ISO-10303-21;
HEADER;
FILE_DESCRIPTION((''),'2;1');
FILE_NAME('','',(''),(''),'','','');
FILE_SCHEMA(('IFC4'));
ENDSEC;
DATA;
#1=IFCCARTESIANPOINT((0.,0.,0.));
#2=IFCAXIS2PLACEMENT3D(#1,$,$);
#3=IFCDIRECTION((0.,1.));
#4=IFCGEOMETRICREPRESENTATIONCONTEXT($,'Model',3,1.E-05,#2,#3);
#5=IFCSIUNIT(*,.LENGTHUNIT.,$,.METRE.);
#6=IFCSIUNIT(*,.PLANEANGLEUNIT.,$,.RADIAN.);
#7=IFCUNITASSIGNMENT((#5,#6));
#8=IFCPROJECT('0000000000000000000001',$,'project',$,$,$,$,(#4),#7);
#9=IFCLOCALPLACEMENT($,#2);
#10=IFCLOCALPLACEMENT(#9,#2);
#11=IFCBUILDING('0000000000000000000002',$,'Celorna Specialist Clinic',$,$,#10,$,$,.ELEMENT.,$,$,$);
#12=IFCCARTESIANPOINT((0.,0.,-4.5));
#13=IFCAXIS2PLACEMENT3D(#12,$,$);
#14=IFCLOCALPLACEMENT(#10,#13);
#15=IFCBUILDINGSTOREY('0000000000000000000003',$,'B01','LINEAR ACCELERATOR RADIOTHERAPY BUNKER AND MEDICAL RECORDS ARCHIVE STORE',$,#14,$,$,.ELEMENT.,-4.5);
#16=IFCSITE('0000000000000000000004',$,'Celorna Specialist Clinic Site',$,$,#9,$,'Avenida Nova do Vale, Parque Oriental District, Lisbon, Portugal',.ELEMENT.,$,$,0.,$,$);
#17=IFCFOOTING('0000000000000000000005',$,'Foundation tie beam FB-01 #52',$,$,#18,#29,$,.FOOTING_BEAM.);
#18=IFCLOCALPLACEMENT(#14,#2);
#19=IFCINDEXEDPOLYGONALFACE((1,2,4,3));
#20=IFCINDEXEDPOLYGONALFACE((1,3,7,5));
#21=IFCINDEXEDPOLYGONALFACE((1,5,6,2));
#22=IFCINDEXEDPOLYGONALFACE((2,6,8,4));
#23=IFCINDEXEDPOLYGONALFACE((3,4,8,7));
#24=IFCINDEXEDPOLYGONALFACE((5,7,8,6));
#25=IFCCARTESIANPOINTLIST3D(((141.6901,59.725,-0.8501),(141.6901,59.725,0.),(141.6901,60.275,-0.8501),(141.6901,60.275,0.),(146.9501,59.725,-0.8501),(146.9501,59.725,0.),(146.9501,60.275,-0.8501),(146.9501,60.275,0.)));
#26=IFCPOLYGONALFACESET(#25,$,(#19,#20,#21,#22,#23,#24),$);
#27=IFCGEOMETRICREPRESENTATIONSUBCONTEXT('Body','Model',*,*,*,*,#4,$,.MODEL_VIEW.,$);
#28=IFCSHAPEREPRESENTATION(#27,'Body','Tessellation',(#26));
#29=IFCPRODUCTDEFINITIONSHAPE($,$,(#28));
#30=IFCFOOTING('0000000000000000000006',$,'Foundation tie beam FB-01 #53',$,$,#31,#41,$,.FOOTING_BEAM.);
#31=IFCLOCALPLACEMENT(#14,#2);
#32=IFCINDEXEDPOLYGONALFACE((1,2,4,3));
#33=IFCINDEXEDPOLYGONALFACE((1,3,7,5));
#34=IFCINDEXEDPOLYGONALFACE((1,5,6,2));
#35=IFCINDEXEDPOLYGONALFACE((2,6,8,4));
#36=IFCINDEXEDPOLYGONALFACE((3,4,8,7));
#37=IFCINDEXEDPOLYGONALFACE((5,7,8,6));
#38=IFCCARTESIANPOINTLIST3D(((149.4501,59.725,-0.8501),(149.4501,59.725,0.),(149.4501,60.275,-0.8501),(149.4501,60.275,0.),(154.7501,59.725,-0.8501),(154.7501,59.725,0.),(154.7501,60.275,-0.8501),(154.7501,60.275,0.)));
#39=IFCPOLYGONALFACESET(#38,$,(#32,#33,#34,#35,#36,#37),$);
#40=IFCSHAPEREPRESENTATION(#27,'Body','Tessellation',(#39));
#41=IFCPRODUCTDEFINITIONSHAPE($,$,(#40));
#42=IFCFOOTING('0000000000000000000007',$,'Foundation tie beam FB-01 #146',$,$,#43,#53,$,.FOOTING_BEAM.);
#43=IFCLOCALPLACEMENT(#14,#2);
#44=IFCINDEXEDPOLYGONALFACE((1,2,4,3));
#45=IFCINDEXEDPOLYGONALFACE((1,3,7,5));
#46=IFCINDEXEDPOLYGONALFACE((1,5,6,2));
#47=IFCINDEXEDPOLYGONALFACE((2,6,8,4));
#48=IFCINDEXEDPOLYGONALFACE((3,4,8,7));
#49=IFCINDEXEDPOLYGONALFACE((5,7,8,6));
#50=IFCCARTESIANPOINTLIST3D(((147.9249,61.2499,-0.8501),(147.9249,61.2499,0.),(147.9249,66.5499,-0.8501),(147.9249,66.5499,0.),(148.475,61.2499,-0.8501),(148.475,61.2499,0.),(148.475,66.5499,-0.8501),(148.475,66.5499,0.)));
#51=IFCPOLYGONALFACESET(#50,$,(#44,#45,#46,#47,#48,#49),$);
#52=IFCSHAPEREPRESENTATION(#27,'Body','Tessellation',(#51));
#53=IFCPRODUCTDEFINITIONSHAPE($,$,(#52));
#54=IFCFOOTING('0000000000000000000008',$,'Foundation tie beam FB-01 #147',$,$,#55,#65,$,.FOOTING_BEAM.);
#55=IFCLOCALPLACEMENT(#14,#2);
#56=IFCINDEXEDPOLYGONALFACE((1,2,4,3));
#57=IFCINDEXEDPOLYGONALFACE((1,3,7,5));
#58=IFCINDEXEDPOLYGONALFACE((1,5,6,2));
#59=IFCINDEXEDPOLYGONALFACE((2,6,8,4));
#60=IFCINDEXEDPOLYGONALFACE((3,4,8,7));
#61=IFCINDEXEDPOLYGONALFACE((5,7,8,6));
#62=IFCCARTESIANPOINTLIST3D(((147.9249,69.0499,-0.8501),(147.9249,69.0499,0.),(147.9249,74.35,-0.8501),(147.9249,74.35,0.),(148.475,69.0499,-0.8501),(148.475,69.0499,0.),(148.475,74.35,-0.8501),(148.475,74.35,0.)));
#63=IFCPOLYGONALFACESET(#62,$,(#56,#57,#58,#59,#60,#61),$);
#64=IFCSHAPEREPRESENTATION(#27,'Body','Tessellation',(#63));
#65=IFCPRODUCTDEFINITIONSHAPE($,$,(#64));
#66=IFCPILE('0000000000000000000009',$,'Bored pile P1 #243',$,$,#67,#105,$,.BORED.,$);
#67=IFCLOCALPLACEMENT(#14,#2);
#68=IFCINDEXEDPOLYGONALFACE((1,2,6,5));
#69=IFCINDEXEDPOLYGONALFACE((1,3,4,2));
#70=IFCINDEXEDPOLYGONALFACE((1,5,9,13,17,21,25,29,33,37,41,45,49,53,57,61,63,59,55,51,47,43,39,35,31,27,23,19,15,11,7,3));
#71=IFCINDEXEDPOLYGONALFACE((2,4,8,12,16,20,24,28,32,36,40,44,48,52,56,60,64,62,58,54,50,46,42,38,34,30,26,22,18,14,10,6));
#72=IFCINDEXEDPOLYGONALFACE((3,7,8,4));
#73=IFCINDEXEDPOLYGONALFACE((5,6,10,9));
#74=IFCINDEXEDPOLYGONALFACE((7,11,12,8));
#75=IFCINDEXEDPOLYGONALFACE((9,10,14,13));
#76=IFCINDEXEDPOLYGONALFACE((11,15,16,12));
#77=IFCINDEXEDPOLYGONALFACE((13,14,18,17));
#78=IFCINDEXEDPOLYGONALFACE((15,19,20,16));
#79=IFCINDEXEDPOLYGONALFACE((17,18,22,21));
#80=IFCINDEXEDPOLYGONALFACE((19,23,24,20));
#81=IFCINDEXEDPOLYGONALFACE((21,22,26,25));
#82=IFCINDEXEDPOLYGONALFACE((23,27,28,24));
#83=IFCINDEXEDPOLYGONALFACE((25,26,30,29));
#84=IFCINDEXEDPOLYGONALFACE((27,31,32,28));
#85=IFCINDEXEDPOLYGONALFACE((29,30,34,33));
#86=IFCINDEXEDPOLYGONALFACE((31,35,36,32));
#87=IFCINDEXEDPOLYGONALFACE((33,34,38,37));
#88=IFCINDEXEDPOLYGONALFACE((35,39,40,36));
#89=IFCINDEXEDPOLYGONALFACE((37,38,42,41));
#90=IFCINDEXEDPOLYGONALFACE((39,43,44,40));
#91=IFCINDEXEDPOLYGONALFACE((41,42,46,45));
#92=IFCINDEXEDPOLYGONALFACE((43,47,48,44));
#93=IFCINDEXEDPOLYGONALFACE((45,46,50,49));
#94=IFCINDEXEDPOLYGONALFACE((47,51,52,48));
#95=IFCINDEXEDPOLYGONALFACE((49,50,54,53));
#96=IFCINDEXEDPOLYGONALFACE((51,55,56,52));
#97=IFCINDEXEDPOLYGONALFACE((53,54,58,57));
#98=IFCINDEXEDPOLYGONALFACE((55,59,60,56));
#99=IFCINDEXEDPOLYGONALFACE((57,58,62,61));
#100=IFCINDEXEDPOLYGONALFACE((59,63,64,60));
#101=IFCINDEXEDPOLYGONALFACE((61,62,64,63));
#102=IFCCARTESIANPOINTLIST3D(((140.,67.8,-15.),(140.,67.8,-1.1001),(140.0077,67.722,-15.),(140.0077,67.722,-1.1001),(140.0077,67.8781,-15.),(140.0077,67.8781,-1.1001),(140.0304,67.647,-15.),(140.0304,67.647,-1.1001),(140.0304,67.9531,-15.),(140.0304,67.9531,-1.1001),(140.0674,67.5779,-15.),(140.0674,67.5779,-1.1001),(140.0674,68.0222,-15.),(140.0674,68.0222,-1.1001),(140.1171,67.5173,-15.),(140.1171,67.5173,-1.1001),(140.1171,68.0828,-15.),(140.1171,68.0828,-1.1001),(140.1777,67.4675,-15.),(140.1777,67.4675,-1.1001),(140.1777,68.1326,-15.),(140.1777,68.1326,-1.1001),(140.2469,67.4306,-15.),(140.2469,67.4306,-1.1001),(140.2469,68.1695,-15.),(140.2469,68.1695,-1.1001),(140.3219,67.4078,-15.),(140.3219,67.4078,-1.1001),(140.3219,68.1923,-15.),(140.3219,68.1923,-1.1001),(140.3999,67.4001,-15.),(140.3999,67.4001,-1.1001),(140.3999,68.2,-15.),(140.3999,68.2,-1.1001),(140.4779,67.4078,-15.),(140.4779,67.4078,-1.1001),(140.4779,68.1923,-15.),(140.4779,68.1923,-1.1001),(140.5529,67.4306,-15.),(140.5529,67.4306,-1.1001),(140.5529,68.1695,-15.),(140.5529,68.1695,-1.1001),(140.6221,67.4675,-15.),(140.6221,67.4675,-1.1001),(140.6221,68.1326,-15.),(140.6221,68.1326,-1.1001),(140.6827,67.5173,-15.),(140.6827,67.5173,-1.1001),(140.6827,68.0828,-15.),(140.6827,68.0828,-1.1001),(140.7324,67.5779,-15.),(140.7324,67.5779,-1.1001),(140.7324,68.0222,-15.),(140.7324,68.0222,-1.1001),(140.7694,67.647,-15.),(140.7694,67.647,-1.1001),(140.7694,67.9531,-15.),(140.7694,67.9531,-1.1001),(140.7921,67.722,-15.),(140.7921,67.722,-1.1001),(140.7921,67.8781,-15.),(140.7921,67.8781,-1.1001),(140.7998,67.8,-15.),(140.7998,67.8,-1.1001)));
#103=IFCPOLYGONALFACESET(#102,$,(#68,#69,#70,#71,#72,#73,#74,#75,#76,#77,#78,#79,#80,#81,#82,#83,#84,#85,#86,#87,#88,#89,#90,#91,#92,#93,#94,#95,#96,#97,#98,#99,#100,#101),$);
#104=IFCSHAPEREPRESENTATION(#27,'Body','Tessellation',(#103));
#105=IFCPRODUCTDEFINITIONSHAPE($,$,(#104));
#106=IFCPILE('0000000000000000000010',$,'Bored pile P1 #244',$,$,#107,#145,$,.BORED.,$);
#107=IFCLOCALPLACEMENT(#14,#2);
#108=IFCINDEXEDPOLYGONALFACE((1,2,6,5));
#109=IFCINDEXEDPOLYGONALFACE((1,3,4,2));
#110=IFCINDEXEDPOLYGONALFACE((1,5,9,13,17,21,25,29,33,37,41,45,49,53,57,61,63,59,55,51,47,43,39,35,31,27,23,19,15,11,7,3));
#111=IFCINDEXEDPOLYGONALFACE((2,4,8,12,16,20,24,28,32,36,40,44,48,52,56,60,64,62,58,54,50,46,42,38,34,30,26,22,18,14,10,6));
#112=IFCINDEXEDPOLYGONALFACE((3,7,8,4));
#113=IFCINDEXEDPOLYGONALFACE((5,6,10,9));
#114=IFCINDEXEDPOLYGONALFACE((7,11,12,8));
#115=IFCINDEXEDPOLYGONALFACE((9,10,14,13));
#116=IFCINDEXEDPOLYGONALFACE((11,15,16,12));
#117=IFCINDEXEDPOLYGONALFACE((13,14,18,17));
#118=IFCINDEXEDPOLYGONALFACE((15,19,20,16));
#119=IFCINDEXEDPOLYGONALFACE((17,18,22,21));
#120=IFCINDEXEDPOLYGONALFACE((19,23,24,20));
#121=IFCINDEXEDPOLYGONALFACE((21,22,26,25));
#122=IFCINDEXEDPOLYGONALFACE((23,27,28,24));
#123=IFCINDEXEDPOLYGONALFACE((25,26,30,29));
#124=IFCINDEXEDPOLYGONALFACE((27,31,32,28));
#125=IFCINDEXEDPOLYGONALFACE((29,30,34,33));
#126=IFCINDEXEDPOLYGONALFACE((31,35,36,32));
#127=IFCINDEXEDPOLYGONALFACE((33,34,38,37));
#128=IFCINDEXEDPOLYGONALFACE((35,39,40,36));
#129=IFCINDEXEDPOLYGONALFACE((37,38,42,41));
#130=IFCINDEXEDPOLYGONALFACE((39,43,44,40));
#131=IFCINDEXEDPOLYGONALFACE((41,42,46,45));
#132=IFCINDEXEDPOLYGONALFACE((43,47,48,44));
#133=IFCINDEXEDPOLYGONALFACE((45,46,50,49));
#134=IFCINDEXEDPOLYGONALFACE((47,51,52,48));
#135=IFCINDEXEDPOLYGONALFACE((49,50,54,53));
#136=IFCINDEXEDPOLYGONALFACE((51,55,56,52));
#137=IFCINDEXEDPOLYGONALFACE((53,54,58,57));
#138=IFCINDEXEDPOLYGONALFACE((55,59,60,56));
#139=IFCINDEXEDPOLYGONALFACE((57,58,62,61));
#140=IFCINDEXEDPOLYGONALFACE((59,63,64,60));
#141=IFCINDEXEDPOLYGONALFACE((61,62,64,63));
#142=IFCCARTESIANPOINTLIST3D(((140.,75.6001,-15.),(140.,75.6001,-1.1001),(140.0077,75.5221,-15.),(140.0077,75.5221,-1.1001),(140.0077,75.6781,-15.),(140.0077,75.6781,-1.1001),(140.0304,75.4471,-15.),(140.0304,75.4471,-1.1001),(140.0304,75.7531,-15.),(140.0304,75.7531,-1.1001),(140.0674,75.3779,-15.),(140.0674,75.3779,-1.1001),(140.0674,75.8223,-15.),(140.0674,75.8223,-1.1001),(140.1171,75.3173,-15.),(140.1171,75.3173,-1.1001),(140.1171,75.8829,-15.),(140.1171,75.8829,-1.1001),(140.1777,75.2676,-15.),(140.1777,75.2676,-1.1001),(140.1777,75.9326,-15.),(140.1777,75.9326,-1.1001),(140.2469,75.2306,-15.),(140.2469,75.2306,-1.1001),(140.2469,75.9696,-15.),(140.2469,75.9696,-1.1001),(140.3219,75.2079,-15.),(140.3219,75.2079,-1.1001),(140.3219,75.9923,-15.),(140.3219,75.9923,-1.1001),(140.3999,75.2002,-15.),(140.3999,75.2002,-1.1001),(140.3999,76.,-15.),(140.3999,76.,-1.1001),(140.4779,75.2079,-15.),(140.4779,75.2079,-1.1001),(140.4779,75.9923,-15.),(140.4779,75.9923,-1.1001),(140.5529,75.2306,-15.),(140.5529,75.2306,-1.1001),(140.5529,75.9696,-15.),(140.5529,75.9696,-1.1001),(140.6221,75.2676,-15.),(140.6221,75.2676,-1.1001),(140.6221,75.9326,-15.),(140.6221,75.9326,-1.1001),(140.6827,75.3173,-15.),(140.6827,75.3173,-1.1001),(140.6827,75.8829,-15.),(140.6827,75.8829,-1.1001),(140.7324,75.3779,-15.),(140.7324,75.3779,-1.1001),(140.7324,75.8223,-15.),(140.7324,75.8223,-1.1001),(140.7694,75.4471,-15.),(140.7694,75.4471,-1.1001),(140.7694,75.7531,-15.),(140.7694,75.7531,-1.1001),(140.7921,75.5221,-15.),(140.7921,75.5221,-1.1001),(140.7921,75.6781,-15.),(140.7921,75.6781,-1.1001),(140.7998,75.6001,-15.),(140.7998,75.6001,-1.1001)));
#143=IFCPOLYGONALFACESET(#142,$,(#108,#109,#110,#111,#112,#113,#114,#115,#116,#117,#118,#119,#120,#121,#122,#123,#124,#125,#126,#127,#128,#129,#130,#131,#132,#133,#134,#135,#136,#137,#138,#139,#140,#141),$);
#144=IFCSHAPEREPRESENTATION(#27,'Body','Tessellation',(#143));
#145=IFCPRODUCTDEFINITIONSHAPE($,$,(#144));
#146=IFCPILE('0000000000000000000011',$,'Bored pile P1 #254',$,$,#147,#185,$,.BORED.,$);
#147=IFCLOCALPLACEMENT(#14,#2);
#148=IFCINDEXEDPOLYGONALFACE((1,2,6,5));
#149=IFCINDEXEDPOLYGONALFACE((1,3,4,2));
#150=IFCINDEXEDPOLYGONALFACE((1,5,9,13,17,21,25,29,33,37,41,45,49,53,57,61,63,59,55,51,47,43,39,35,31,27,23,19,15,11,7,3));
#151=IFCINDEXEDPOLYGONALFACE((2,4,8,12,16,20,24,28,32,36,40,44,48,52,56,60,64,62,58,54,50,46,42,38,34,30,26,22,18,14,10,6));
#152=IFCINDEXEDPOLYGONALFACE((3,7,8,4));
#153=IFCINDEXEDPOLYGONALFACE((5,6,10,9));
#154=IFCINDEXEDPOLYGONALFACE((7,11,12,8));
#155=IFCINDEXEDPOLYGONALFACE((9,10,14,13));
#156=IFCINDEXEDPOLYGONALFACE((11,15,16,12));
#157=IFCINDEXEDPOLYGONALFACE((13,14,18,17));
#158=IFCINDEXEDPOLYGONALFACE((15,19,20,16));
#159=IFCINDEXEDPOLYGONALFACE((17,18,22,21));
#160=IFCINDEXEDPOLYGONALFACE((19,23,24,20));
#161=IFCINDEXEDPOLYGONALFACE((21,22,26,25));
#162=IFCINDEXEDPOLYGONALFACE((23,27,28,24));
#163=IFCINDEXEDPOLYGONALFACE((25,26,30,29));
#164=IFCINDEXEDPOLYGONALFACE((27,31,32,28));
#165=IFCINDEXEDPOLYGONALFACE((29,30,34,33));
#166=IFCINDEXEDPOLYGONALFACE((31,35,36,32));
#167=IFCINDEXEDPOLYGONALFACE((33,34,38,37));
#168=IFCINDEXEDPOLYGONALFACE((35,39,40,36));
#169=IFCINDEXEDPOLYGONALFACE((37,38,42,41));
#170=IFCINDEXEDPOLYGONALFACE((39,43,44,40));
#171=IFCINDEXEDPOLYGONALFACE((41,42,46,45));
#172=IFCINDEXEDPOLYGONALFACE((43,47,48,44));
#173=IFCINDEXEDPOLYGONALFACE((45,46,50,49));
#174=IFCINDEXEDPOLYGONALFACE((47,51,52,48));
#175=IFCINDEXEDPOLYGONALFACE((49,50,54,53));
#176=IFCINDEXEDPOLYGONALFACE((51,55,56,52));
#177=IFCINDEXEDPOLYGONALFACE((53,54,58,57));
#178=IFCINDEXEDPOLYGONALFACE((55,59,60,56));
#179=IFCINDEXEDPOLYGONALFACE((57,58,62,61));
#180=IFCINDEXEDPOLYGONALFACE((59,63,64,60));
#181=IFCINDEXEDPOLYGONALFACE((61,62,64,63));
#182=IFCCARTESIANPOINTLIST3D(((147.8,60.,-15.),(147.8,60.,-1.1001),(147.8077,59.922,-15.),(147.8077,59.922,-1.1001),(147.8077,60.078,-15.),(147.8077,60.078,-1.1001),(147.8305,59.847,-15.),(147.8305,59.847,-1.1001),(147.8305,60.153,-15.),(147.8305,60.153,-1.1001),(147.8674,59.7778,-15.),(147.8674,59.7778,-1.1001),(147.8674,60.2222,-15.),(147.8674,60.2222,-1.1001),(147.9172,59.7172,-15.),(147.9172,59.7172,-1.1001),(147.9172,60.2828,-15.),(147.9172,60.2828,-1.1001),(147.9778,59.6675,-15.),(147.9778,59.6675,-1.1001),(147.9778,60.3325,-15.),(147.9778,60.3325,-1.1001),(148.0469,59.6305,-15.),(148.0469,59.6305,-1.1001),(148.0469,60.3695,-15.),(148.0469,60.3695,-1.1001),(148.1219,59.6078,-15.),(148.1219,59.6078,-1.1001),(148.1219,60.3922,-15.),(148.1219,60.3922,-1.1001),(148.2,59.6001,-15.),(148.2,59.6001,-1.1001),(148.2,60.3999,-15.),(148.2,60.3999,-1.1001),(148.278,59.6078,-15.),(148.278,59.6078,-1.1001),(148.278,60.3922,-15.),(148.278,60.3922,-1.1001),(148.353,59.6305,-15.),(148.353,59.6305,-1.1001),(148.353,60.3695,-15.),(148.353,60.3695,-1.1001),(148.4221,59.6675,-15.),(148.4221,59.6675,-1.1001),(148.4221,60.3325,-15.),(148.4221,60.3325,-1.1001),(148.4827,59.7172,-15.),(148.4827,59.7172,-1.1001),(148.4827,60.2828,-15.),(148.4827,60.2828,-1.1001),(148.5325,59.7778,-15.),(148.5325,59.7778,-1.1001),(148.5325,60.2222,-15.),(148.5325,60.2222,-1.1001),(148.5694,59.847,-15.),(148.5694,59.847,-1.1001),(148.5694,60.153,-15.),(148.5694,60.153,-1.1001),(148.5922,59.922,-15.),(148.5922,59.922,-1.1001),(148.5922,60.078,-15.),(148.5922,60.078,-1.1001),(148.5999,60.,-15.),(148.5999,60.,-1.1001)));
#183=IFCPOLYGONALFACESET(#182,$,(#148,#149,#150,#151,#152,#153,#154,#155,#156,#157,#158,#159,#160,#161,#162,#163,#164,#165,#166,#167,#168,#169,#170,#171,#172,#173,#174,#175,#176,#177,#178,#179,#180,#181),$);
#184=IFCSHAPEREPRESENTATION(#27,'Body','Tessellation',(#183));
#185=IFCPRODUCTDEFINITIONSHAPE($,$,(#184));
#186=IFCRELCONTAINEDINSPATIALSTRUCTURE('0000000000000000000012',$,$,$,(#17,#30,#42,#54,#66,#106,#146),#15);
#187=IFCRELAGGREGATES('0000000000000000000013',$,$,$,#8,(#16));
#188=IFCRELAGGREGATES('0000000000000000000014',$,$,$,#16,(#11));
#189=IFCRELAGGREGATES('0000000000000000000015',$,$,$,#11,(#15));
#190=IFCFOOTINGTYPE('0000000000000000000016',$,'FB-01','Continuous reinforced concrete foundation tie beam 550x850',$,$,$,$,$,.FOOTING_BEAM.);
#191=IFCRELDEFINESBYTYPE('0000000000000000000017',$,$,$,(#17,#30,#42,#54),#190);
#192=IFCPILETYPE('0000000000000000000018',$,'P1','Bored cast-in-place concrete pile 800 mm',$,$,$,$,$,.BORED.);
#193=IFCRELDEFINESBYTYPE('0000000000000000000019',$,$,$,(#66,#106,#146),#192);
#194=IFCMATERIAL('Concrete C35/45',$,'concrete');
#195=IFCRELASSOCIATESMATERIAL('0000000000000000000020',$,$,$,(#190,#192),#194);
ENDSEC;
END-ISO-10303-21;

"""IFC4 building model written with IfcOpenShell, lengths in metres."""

from ifc_helpers import new_model, si_unit, direction, frame, origin, origin_2d, place, context, subcontext, project, spatial, rectangle, circle, extrude, material, material_profile, profile_set, type_object, element, save


model = new_model("IFC4")

# Units and contexts
model_context = context("Model", 3, precision=1e-05, world=origin(), true_north=direction((0.0, 1.0)))
body_context = subcontext(model_context, "Body", "Model", "MODEL_VIEW")
ifc_project = project(units=[si_unit("LENGTHUNIT", "METRE"), si_unit("PLANEANGLEUNIT", "RADIAN")], contexts=[model_context])

# Site, building, storey
site_placement = place(None, origin())
site = spatial("IfcSite", under=ifc_project, at=site_placement, Name="Celorna Specialist Clinic Site", LongName="Avenida Nova do Vale, Parque Oriental District, Lisbon, Portugal", CompositionType="ELEMENT", RefElevation=0.0)
building_placement = place(site_placement, origin())
building = spatial("IfcBuilding", under=site, at=building_placement, Name="Celorna Specialist Clinic", CompositionType="ELEMENT")
storey_placement = place(building_placement, frame((0.0, 0.0, -4.5)))
storey = spatial("IfcBuildingStorey", under=building, at=storey_placement, Name="B01", Description="LINEAR ACCELERATOR RADIOTHERAPY BUNKER AND MEDICAL RECORDS ARCHIVE STORE", CompositionType="ELEMENT", Elevation=-4.5)

# Footings
ifc_material_1 = material(Name="Concrete C35/45", Category="concrete")
footing_type_1 = type_object("IfcFootingType", Name="FB-01", Description="Continuous reinforced concrete foundation tie beam 550x850", PredefinedType="FOOTING_BEAM", material=ifc_material_1)
footing_placement = place(storey_placement, frame((144.3201, 60.0, -0.8501), z_axis=(0.0, 0.0, 1.0), x_axis=(1.0, 0.0, 0.0)))
element("IfcFooting", 1, at=footing_placement, inside=storey, type_object=footing_type_1, Name="Foundation tie beam FB-01 #52", PredefinedType="FOOTING_BEAM", context=body_context, shape_type="SweptSolid", body=[
    extrude(rectangle(XDim=5.26, YDim=0.55, at=origin_2d()), origin(), (0.0, 0.0, 1.0), 0.8501),
])
for number, where, z_axis, x_axis, name in (
    (2, (152.1001, 60.0, -0.8501), (0.0, 0.0, 1.0), (1.0, 0.0, 0.0), "Foundation tie beam FB-01 #53"),
    (3, (148.2, 63.8999, -0.8501), (0.0, 0.0, 1.0), (0.0, 1.0, 0.0), "Foundation tie beam FB-01 #146"),
    (4, (148.2, 71.7, -0.8501), (0.0, 0.0, 1.0), (0.0, 1.0, 0.0), "Foundation tie beam FB-01 #147"),
):
    element("IfcFooting", number, at=place(storey_placement, frame(where, z_axis=z_axis, x_axis=x_axis)), inside=storey, type_object=footing_type_1, Name=name, PredefinedType="FOOTING_BEAM", context=body_context, shape_type="SweptSolid", body=[
        extrude(rectangle(XDim=5.3, YDim=0.55, at=origin_2d()), origin(), (0.0, 0.0, 1.0), 0.8501),
    ])

# Piles
ifc_material_profile_1 = material_profile(ifc_material_1, circle(Radius=0.3999, at=origin_2d()), Name="BORED PILE 800")
ifc_profile_set_1 = profile_set([ifc_material_profile_1], Name="Concrete C35/45")
pile_type = type_object("IfcPileType", Name="P1", Description="Bored cast-in-place concrete pile 800 mm", PredefinedType="BORED", material=ifc_profile_set_1)
for number, where, z_axis, x_axis, name in (
    (5, (140.3999, 67.8, -1.1001), (0.0, 0.0, -1.0), (1.0, 0.0, 0.0), "Bored pile P1 #243"),
    (6, (140.3999, 75.6001, -1.1001), (0.0, 0.0, -1.0), (1.0, 0.0, 0.0), "Bored pile P1 #244"),
    (7, (148.2, 60.0, -1.1001), (0.0, 0.0, -1.0), (1.0, 0.0, 0.0), "Bored pile P1 #254"),
):
    element("IfcPile", number, at=place(storey_placement, frame(where, z_axis=z_axis, x_axis=x_axis)), inside=storey, type_object=pile_type, Name=name, PredefinedType="BORED", context=body_context, shape_type="SweptSolid", body=[
        extrude(circle(Radius=0.3999, at=origin_2d()), origin(), (0.0, 0.0, 1.0), 13.8999),
    ])

save(model, "model.ifc")
